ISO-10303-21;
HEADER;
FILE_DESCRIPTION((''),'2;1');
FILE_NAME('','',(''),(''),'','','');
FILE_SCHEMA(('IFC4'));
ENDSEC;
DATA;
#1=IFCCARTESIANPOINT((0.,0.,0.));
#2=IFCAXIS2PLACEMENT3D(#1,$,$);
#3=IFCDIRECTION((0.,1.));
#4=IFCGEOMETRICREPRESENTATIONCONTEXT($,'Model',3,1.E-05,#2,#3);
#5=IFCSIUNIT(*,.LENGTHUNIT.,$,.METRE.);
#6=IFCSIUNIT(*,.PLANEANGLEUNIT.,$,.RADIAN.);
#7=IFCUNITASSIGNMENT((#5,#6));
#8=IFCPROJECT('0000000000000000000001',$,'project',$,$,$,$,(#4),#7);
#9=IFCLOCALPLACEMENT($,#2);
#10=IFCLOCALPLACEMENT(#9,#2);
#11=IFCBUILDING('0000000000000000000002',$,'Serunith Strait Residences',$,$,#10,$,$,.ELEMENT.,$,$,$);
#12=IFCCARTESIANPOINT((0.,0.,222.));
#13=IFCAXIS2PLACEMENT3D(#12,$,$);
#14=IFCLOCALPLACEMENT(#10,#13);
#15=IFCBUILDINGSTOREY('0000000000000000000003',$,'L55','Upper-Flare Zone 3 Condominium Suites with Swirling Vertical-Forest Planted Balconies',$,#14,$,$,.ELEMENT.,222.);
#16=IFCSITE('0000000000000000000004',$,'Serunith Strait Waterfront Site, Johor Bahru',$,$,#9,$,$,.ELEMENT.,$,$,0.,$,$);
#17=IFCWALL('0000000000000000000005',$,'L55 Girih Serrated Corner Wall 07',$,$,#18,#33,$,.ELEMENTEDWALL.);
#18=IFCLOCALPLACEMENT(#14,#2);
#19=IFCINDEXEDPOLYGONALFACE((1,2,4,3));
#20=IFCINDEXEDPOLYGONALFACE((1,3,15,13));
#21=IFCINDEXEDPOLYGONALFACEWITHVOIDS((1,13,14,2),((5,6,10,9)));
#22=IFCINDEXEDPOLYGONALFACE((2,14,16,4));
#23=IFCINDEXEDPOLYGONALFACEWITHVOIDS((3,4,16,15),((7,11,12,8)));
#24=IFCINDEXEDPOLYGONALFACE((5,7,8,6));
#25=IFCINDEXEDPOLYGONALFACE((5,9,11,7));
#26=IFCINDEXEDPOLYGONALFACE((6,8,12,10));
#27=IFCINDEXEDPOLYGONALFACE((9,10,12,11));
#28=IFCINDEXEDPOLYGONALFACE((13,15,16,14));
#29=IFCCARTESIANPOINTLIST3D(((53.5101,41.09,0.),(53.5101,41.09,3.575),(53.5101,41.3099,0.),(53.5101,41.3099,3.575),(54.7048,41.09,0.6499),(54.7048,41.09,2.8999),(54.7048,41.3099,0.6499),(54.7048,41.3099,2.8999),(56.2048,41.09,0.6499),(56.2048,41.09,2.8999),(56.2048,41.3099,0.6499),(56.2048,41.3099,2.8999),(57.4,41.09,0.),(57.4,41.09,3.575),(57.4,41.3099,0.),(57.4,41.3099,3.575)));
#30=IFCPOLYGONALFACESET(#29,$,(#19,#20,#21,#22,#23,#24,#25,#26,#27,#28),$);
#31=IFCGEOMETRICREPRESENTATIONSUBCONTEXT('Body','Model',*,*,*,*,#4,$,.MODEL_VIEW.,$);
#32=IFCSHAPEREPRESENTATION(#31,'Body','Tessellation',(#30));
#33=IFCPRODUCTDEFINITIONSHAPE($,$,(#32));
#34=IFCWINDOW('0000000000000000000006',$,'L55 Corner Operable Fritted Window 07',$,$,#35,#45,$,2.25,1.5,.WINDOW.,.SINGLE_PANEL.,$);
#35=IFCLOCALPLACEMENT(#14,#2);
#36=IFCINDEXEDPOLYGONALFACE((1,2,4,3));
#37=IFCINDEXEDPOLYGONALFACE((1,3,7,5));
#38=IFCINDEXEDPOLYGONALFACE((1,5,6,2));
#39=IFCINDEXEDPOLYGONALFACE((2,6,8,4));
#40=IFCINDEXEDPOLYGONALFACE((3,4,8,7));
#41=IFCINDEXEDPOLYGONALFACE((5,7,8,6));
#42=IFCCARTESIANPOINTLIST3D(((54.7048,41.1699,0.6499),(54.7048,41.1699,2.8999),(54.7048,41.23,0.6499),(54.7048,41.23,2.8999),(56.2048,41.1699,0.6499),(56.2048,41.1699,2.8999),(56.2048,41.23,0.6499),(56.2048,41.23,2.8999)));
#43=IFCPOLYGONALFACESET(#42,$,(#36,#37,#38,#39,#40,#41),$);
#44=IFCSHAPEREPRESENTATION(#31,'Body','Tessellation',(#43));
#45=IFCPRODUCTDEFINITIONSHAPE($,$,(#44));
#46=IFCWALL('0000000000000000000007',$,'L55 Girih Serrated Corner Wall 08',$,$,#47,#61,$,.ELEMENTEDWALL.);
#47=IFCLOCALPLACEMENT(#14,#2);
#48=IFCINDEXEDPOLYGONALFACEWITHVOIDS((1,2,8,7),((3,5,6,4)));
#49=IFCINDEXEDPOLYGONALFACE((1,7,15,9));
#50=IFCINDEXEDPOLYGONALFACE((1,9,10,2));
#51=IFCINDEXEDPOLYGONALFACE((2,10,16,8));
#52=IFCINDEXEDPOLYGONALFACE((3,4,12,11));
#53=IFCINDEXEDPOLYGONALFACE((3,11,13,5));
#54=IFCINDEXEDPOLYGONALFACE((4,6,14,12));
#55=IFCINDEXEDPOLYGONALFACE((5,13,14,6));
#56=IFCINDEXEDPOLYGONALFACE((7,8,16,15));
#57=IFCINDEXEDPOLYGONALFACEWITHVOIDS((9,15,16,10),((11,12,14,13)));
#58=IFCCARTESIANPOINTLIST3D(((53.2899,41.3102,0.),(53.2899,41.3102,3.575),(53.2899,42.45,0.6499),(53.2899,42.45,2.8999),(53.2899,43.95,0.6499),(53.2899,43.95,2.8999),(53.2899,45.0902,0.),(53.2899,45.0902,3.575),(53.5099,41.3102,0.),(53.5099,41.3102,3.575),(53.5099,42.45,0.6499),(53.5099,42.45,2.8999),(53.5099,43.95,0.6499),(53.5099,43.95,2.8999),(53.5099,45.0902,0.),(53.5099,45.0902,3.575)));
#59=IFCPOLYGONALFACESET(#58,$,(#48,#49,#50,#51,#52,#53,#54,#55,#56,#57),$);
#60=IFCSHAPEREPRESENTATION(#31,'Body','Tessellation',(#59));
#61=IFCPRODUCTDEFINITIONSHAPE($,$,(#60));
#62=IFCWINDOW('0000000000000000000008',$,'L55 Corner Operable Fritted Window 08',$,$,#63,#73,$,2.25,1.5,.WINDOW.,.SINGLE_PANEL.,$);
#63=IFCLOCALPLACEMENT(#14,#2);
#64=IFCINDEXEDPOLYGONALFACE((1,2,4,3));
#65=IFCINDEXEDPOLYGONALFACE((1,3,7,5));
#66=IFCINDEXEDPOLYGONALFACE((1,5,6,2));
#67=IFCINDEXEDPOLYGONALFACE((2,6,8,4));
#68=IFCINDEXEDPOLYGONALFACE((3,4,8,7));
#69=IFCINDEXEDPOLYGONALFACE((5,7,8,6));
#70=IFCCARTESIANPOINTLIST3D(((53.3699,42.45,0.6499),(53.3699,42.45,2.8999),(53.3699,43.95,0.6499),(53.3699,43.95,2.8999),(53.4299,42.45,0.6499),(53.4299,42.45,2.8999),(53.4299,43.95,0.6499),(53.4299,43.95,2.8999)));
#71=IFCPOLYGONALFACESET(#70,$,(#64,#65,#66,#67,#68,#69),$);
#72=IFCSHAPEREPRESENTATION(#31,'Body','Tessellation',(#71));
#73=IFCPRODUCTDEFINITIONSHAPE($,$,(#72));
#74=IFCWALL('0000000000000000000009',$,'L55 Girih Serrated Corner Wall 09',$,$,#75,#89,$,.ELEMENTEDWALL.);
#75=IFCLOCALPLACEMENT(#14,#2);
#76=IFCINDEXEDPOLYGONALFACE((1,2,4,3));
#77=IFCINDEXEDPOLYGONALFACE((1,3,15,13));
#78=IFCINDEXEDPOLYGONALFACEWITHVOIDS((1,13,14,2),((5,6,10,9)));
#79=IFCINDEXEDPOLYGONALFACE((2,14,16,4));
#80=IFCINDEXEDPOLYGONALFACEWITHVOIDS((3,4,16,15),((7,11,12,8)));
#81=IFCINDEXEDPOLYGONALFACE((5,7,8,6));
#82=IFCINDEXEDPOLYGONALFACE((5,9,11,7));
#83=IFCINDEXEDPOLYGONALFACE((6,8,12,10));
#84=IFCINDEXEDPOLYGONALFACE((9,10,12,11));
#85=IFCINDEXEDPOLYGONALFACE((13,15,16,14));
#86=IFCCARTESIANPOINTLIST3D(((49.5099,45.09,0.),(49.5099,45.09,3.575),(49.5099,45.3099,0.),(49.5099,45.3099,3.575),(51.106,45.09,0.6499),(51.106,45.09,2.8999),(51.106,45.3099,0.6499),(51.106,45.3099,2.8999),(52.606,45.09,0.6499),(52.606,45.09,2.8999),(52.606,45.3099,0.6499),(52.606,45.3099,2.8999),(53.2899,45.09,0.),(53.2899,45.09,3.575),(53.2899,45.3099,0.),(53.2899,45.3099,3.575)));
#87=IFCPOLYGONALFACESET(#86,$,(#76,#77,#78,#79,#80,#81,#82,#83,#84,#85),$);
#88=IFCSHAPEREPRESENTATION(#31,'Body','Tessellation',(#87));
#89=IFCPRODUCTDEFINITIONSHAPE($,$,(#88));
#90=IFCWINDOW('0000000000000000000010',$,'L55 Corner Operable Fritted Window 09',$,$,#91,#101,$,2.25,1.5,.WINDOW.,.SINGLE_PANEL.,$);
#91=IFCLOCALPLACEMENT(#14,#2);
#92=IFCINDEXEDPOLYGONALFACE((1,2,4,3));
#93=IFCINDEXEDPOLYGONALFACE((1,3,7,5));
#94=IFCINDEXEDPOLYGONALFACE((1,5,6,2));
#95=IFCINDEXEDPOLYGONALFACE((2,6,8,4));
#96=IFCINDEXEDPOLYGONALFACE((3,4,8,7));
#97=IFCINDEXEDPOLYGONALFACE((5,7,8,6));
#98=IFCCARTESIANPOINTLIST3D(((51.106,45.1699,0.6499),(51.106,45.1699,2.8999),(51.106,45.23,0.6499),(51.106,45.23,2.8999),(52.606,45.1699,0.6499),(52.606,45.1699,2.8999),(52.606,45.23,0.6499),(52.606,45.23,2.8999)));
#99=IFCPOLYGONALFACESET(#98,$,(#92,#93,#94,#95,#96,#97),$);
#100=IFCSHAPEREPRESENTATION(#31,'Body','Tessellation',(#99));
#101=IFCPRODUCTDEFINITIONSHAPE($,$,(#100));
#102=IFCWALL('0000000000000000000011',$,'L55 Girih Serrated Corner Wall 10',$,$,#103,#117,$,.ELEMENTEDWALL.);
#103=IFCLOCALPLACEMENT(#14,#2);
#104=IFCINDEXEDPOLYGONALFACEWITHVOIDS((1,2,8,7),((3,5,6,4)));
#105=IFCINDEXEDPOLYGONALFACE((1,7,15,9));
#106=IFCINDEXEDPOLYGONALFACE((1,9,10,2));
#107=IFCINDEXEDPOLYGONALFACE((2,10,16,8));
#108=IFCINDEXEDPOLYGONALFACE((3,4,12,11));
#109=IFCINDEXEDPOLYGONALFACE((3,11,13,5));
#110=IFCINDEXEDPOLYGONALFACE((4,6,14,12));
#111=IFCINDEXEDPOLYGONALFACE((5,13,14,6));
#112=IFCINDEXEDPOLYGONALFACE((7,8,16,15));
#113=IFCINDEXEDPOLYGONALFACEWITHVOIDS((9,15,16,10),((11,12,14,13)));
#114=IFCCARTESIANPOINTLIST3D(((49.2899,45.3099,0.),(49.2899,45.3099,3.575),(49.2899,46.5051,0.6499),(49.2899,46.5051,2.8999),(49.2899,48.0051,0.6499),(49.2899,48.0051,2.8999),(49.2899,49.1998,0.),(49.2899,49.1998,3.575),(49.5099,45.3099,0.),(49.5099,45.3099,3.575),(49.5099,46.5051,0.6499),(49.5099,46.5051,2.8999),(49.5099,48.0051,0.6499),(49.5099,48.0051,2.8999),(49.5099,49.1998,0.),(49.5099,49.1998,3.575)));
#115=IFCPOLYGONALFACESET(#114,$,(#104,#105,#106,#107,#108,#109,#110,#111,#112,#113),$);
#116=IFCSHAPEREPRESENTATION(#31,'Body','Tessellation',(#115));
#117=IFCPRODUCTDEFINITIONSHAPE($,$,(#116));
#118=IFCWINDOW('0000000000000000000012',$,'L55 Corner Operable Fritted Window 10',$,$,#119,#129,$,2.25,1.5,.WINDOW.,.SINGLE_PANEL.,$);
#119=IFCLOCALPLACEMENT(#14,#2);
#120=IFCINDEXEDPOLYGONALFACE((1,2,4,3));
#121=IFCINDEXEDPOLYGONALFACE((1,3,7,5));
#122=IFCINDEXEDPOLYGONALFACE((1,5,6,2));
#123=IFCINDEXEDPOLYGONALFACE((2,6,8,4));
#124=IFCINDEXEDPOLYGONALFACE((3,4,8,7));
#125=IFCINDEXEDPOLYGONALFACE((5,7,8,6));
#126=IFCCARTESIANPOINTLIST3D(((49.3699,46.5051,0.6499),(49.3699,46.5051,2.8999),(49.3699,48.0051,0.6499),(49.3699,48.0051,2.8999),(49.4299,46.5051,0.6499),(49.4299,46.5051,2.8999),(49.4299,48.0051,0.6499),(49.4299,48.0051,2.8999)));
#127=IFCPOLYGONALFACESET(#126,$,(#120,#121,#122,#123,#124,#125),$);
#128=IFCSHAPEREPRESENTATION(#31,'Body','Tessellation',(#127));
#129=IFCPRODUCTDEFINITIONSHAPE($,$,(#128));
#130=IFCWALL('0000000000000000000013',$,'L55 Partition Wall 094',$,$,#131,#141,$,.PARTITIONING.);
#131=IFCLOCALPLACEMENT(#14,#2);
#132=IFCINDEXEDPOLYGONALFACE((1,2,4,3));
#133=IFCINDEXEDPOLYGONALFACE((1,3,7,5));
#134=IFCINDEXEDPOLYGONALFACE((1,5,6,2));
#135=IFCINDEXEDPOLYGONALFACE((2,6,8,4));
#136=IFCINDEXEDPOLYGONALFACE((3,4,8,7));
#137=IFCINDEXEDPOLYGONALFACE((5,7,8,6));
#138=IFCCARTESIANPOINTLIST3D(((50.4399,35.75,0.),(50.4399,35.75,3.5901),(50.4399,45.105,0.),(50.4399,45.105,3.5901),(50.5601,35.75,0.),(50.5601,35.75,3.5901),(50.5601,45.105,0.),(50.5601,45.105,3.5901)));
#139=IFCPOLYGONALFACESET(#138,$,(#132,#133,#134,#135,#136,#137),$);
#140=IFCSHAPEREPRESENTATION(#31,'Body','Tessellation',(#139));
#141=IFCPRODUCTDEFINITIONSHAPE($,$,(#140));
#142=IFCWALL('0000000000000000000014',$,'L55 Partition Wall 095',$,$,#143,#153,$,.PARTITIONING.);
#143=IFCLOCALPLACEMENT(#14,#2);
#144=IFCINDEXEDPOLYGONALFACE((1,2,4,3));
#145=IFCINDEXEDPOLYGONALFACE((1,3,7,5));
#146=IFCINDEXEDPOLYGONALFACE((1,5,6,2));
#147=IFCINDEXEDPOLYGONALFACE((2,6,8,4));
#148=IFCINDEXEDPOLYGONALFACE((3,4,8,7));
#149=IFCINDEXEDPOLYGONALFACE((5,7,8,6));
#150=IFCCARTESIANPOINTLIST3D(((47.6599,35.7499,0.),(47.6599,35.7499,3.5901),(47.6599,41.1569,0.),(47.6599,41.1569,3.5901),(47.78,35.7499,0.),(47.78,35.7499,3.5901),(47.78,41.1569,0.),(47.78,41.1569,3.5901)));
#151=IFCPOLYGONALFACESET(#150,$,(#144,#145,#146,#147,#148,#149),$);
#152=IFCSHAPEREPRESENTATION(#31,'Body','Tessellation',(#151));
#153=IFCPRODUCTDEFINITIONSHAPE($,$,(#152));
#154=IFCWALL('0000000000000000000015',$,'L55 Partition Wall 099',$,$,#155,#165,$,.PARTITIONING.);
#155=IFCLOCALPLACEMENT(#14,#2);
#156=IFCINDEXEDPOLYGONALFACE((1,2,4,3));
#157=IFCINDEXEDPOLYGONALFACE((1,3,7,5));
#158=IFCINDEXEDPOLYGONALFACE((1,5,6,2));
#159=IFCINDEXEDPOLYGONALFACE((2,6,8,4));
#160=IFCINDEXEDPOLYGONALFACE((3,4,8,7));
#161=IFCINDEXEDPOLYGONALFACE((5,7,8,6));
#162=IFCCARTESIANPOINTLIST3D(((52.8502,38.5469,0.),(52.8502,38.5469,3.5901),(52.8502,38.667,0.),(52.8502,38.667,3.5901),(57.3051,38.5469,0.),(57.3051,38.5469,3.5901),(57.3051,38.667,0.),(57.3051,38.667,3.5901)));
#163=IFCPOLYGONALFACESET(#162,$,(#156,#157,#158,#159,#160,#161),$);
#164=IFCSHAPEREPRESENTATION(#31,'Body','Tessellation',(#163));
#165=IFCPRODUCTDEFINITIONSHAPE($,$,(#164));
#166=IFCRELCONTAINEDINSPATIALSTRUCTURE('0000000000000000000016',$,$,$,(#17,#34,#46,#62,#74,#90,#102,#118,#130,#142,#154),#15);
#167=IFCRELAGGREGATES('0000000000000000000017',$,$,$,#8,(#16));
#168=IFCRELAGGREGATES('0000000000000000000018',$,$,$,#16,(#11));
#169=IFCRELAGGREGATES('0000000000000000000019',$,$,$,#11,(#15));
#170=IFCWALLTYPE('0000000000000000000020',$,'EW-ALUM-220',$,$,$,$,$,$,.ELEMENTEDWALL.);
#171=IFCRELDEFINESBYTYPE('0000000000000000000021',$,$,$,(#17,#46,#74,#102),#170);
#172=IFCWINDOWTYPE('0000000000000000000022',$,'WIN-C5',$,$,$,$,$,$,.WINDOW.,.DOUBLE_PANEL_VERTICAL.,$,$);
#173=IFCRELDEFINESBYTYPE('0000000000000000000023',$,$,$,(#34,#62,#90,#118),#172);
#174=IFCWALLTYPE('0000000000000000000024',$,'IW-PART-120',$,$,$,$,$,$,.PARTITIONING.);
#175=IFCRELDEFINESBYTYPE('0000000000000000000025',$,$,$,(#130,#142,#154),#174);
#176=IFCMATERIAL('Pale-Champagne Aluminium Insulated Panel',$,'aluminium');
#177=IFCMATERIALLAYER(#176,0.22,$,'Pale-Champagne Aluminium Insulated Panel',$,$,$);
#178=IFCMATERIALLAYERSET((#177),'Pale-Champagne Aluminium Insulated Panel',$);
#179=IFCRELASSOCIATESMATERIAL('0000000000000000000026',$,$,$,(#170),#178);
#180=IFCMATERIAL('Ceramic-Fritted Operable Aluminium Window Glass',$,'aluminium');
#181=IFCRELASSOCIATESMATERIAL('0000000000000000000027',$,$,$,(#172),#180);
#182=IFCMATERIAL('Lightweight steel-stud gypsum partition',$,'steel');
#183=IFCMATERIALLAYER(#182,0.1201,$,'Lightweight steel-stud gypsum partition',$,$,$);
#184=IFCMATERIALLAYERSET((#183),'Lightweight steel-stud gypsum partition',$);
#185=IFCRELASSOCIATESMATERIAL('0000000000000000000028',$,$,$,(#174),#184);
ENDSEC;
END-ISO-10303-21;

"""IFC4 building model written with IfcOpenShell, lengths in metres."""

from ifc_helpers import new_model, si_unit, direction, frame, frame_2d, origin, place, context, subcontext, project, spatial, rectangle, extrude, source, transform, mapped, material, layer, layer_set, type_object, element, fill, save


model = new_model("IFC4")

# Units and contexts
model_context = context("Model", 3, precision=1e-05, world=origin(), true_north=direction((0.0, 1.0)))
body_context = subcontext(model_context, "Body", "Model", "MODEL_VIEW")
ifc_project = project(units=[si_unit("LENGTHUNIT", "METRE"), si_unit("PLANEANGLEUNIT", "RADIAN")], contexts=[model_context])

# Site, building, storey
site_placement = place(None, origin())
site = spatial("IfcSite", under=ifc_project, at=site_placement, Name="Serunith Strait Waterfront Site, Johor Bahru", CompositionType="ELEMENT", RefElevation=0.0)
building_placement = place(site_placement, origin())
building = spatial("IfcBuilding", under=site, at=building_placement, Name="Serunith Strait Residences", CompositionType="ELEMENT")
storey_placement = place(building_placement, frame((0.0, 0.0, 222.0)))
storey = spatial("IfcBuildingStorey", under=building, at=storey_placement, Name="L55", Description="Upper-Flare Zone 3 Condominium Suites with Swirling Vertical-Forest Planted Balconies", CompositionType="ELEMENT", Elevation=222.0)

# Walls, openings, windows
ifc_material_1 = material(Name="Pale-Champagne Aluminium Insulated Panel", Category="aluminium")
ifc_layer_1 = layer(ifc_material_1, 0.22, Name="Pale-Champagne Aluminium Insulated Panel")
ifc_layer_set_1 = layer_set([ifc_layer_1], Name="Pale-Champagne Aluminium Insulated Panel")
wall_type_1 = type_object("IfcWallType", Name="EW-ALUM-220", PredefinedType="ELEMENTEDWALL", material=ifc_layer_set_1)
wall_1_placement = place(storey_placement, frame((57.3999, 41.2, 0.0), z_axis=(0.0, 0.0, 1.0), x_axis=(-1.0, 0.0, 0.0)))
wall_1 = element("IfcWall", 1, at=wall_1_placement, inside=storey, type_object=wall_type_1, Name="L55 Girih Serrated Corner Wall 07", PredefinedType="ELEMENTEDWALL", context=body_context, shape_type="SweptSolid", body=[
    extrude(rectangle(XDim=3.8899, YDim=0.22, at=frame_2d((1.9448, 0.0))), origin(), (0.0, 0.0, 1.0), 3.575),
])
opening_1_placement = place(wall_1_placement, frame((1.1951, 0.0, 0.6499)))
opening_1 = element("IfcOpeningElement", 2, at=opening_1_placement, cuts=wall_1, PredefinedType="OPENING", context=body_context, shape_type="SweptSolid", body=[
    extrude(rectangle(XDim=1.5, YDim=2.25, at=frame_2d((0.75, 1.125))), frame((0.0, 0.1201, 0.0), z_axis=(0.0, -1.0, 0.0), x_axis=(1.0, 0.0, 0.0)), (0.0, 0.0, 1.0), 0.24),
])
ifc_material_2 = material(Name="Ceramic-Fritted Operable Aluminium Window Glass", Category="aluminium")
window_type = type_object("IfcWindowType", Name="WIN-C5", PartitioningType="DOUBLE_PANEL_VERTICAL", PredefinedType="WINDOW", material=ifc_material_2)
shared_shape_1 = source(origin(), body_context, "Body", "SweptSolid", [
    extrude(rectangle(XDim=1.5, YDim=2.25, at=frame_2d((0.75, 1.125))), frame((0.0, 0.03, 0.0), z_axis=(0.0, -1.0, 0.0), x_axis=(1.0, 0.0, 0.0)), (0.0, 0.0, 1.0), 0.0601),
])
window_1_placement = place(opening_1_placement, origin())
window_1 = element("IfcWindow", 3, at=window_1_placement, inside=storey, type_object=window_type, Name="L55 Corner Operable Fritted Window 07", OverallHeight=2.25, OverallWidth=1.5, PartitioningType="SINGLE_PANEL", PredefinedType="WINDOW", context=body_context, shape_type="MappedRepresentation", body=[
    mapped(shared_shape_1, transform((0.0, 0.0, 0.0), scale=1.0)),
])
fill(opening_1, window_1)
wall_2_placement = place(storey_placement, frame((53.3999, 41.3101, 0.0), z_axis=(0.0, 0.0, 1.0), x_axis=(0.0, 1.0, 0.0)))
wall_2 = element("IfcWall", 4, at=wall_2_placement, inside=storey, type_object=wall_type_1, Name="L55 Girih Serrated Corner Wall 08", PredefinedType="ELEMENTEDWALL", context=body_context, shape_type="SweptSolid", body=[
    extrude(rectangle(XDim=3.78, YDim=0.22, at=frame_2d((1.8901, 0.0))), origin(), (0.0, 0.0, 1.0), 3.575),
])
opening_2_placement = place(wall_2_placement, frame((1.1399, 0.0, 0.6499)))
opening_2 = element("IfcOpeningElement", 5, at=opening_2_placement, cuts=wall_2, PredefinedType="OPENING", context=body_context, shape_type="SweptSolid", body=[
    extrude(rectangle(XDim=1.5, YDim=2.25, at=frame_2d((0.75, 1.125))), frame((0.0, 0.1201, 0.0), z_axis=(0.0, -1.0, 0.0), x_axis=(1.0, 0.0, 0.0)), (0.0, 0.0, 1.0), 0.24),
])
window_2_placement = place(opening_2_placement, origin())
window_2 = element("IfcWindow", 6, at=window_2_placement, inside=storey, type_object=window_type, Name="L55 Corner Operable Fritted Window 08", OverallHeight=2.25, OverallWidth=1.5, PartitioningType="SINGLE_PANEL", PredefinedType="WINDOW", context=body_context, shape_type="MappedRepresentation", body=[
    mapped(shared_shape_1, transform((0.0, 0.0, 0.0), scale=1.0)),
])
fill(opening_2, window_2)
wall_3_placement = place(storey_placement, frame((53.29, 45.2, 0.0), z_axis=(0.0, 0.0, 1.0), x_axis=(-1.0, 0.0, 0.0)))
wall_3 = element("IfcWall", 7, at=wall_3_placement, inside=storey, type_object=wall_type_1, Name="L55 Girih Serrated Corner Wall 09", PredefinedType="ELEMENTEDWALL", context=body_context, shape_type="SweptSolid", body=[
    extrude(rectangle(XDim=3.78, YDim=0.22, at=frame_2d((1.8901, 0.0))), origin(), (0.0, 0.0, 1.0), 3.575),
])
opening_3_placement = place(wall_3_placement, frame((0.6841, 0.0, 0.6499)))
opening_3 = element("IfcOpeningElement", 8, at=opening_3_placement, cuts=wall_3, PredefinedType="OPENING", context=body_context, shape_type="SweptSolid", body=[
    extrude(rectangle(XDim=1.5, YDim=2.25, at=frame_2d((0.75, 1.125))), frame((0.0, 0.1201, 0.0), z_axis=(0.0, -1.0, 0.0), x_axis=(1.0, 0.0, 0.0)), (0.0, 0.0, 1.0), 0.24),
])
window_3_placement = place(opening_3_placement, origin())
window_3 = element("IfcWindow", 9, at=window_3_placement, inside=storey, type_object=window_type, Name="L55 Corner Operable Fritted Window 09", OverallHeight=2.25, OverallWidth=1.5, PartitioningType="SINGLE_PANEL", PredefinedType="WINDOW", context=body_context, shape_type="MappedRepresentation", body=[
    mapped(shared_shape_1, transform((0.0, 0.0, 0.0), scale=1.0)),
])
fill(opening_3, window_3)
wall_4_placement = place(storey_placement, frame((49.3999, 45.3101, 0.0), z_axis=(0.0, 0.0, 1.0), x_axis=(0.0, 1.0, 0.0)))
wall_4 = element("IfcWall", 10, at=wall_4_placement, inside=storey, type_object=wall_type_1, Name="L55 Girih Serrated Corner Wall 10", PredefinedType="ELEMENTEDWALL", context=body_context, shape_type="SweptSolid", body=[
    extrude(rectangle(XDim=3.8899, YDim=0.22, at=frame_2d((1.9448, 0.0))), origin(), (0.0, 0.0, 1.0), 3.575),
])
opening_4_placement = place(wall_4_placement, frame((1.1951, 0.0, 0.6499)))
opening_4 = element("IfcOpeningElement", 11, at=opening_4_placement, cuts=wall_4, PredefinedType="OPENING", context=body_context, shape_type="SweptSolid", body=[
    extrude(rectangle(XDim=1.5, YDim=2.25, at=frame_2d((0.75, 1.125))), frame((0.0, 0.1201, 0.0), z_axis=(0.0, -1.0, 0.0), x_axis=(1.0, 0.0, 0.0)), (0.0, 0.0, 1.0), 0.24),
])
window_4_placement = place(opening_4_placement, origin())
window_4 = element("IfcWindow", 12, at=window_4_placement, inside=storey, type_object=window_type, Name="L55 Corner Operable Fritted Window 10", OverallHeight=2.25, OverallWidth=1.5, PartitioningType="SINGLE_PANEL", PredefinedType="WINDOW", context=body_context, shape_type="MappedRepresentation", body=[
    mapped(shared_shape_1, transform((0.0, 0.0, 0.0), scale=1.0)),
])
fill(opening_4, window_4)

# Walls
ifc_material_3 = material(Name="Lightweight steel-stud gypsum partition", Category="steel")
ifc_layer_2 = layer(ifc_material_3, 0.1201, Name="Lightweight steel-stud gypsum partition")
ifc_layer_set_2 = layer_set([ifc_layer_2], Name="Lightweight steel-stud gypsum partition")
wall_type_2 = type_object("IfcWallType", Name="IW-PART-120", PredefinedType="PARTITIONING", material=ifc_layer_set_2)
wall_5_placement = place(storey_placement, frame((50.5, 45.105, 0.0), z_axis=(0.0, 0.0, 1.0), x_axis=(0.0, -1.0, 0.0)))
element("IfcWall", 13, at=wall_5_placement, inside=storey, type_object=wall_type_2, Name="L55 Partition Wall 094", PredefinedType="PARTITIONING", context=body_context, shape_type="SweptSolid", body=[
    extrude(rectangle(XDim=9.355, YDim=0.1201, at=frame_2d((4.6775, 0.0))), origin(), (0.0, 0.0, 1.0), 3.5901),
])
wall_6_placement = place(storey_placement, frame((47.72, 41.157, 0.0), z_axis=(0.0, 0.0, 1.0), x_axis=(0.0, -1.0, 0.0)))
element("IfcWall", 14, at=wall_6_placement, inside=storey, type_object=wall_type_2, Name="L55 Partition Wall 095", PredefinedType="PARTITIONING", context=body_context, shape_type="SweptSolid", body=[
    extrude(rectangle(XDim=5.407, YDim=0.1201, at=frame_2d((2.7036, 0.0))), origin(), (0.0, 0.0, 1.0), 3.5901),
])
wall_7_placement = place(storey_placement, frame((52.8501, 38.6069, 0.0), z_axis=(0.0, 0.0, 1.0), x_axis=(1.0, 0.0, 0.0)))
element("IfcWall", 15, at=wall_7_placement, inside=storey, type_object=wall_type_2, Name="L55 Partition Wall 099", PredefinedType="PARTITIONING", context=body_context, shape_type="SweptSolid", body=[
    extrude(rectangle(XDim=4.4548, YDim=0.1201, at=frame_2d((2.2275, 0.0))), origin(), (0.0, 0.0, 1.0), 3.5901),
])

save(model, "model.ifc")
